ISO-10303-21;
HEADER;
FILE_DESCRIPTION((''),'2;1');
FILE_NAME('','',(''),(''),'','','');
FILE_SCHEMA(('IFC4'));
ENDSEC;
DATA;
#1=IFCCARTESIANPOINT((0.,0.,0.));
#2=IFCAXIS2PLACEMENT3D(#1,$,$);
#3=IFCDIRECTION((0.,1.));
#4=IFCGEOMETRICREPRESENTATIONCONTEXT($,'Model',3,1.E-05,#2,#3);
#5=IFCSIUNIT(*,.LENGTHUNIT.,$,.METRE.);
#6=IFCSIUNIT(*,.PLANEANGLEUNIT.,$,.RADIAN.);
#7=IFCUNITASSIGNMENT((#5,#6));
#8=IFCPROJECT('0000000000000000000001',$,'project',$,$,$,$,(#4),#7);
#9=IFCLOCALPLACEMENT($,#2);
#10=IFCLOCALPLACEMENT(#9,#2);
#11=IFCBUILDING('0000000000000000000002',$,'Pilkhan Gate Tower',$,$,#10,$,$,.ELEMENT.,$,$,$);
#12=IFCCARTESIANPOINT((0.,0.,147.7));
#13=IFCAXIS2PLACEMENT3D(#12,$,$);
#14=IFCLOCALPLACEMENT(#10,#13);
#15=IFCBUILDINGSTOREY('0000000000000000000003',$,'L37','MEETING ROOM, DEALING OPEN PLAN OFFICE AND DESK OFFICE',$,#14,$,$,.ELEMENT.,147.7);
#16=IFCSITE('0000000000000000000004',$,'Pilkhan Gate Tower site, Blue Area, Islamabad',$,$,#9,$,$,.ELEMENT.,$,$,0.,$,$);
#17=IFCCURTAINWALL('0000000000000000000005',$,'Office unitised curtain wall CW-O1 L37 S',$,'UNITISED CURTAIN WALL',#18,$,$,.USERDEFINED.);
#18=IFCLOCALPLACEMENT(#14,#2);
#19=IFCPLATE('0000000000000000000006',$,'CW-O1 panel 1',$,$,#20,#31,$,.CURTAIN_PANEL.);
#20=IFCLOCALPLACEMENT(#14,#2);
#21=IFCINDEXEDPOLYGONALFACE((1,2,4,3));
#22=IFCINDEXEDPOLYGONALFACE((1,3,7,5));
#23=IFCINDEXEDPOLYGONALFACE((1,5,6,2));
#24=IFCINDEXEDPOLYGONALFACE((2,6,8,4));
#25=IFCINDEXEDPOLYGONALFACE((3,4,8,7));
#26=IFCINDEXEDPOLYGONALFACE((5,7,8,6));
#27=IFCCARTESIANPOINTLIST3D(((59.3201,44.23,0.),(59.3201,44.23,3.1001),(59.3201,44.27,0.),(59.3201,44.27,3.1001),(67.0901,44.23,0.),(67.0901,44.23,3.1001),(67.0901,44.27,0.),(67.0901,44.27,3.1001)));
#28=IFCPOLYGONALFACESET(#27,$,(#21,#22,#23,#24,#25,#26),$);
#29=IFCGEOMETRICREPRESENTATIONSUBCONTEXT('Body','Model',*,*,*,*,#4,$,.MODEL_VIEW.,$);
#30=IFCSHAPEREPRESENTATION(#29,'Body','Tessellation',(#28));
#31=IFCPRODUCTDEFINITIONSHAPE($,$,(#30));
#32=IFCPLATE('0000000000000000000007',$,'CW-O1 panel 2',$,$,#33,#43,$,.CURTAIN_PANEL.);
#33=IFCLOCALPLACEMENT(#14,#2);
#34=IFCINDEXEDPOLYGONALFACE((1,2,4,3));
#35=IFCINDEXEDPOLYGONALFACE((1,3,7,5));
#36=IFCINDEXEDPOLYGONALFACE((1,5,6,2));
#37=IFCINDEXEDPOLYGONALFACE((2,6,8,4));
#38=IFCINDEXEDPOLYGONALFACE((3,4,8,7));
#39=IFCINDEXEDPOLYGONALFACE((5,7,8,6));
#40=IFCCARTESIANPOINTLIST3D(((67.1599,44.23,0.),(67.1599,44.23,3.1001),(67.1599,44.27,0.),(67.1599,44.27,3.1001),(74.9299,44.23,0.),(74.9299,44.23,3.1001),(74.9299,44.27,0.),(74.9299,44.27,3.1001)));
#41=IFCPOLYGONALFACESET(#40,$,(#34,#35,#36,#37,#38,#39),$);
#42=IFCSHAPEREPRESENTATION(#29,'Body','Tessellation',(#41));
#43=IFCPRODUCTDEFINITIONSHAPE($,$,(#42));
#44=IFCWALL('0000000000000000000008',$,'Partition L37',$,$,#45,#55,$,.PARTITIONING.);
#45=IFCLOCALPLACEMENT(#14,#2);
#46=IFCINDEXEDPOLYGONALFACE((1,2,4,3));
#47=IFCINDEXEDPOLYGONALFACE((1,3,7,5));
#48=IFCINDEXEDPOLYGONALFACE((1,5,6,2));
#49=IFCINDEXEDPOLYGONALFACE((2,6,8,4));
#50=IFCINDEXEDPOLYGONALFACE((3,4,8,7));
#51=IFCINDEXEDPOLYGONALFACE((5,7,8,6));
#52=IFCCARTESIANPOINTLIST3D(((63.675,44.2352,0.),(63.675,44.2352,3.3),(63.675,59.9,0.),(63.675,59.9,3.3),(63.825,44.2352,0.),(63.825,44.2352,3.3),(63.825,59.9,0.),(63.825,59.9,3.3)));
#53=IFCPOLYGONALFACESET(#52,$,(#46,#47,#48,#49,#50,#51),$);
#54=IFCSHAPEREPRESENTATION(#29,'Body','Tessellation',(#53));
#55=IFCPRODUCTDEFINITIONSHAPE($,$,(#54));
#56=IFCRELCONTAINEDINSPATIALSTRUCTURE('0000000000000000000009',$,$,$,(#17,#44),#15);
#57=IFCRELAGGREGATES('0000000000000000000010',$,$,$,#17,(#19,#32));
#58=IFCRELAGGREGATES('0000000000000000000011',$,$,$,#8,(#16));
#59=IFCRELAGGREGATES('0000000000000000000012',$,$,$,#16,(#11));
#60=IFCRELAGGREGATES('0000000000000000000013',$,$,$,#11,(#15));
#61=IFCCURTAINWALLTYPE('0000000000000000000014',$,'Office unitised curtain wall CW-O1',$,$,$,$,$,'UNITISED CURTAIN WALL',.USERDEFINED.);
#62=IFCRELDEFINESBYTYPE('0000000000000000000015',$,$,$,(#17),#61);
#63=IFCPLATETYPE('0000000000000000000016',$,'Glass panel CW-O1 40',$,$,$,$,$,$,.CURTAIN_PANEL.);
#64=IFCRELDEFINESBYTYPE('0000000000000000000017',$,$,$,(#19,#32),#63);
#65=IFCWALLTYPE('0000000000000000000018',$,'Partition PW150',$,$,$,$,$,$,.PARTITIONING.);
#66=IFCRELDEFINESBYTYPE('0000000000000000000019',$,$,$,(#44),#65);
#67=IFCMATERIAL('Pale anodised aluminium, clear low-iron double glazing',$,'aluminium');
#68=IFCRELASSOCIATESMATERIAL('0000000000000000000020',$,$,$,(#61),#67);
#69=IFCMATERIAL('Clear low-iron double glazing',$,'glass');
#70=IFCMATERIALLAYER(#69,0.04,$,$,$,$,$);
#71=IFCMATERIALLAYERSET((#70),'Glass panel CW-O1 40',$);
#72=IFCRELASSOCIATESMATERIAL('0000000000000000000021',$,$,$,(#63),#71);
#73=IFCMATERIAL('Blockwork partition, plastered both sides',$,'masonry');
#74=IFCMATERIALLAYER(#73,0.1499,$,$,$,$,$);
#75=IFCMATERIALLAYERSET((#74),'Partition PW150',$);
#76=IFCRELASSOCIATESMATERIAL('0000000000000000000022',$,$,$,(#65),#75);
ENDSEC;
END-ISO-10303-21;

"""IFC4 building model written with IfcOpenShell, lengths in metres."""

from ifc_helpers import new_model, si_unit, direction, frame, frame_2d, origin, origin_2d, place, context, subcontext, project, spatial, rectangle, extrude, material, layer, layer_set, type_object, element, aggregate, save


model = new_model("IFC4")

# Units and contexts
model_context = context("Model", 3, precision=1e-05, world=origin(), true_north=direction((0.0, 1.0)))
body_context = subcontext(model_context, "Body", "Model", "MODEL_VIEW")
ifc_project = project(units=[si_unit("LENGTHUNIT", "METRE"), si_unit("PLANEANGLEUNIT", "RADIAN")], contexts=[model_context])

# Site, building, storey
site_placement = place(None, origin())
site = spatial("IfcSite", under=ifc_project, at=site_placement, Name="Pilkhan Gate Tower site, Blue Area, Islamabad", CompositionType="ELEMENT", RefElevation=0.0)
building_placement = place(site_placement, origin())
building = spatial("IfcBuilding", under=site, at=building_placement, Name="Pilkhan Gate Tower", CompositionType="ELEMENT")
storey_placement = place(building_placement, frame((0.0, 0.0, 147.7)))
storey = spatial("IfcBuildingStorey", under=building, at=storey_placement, Name="L37", Description="MEETING ROOM, DEALING OPEN PLAN OFFICE AND DESK OFFICE", CompositionType="ELEMENT", Elevation=147.7)

# Shared definitions
ifc_material_1 = material(Name="Pale anodised aluminium, clear low-iron double glazing", Category="aluminium")
curtain_wall_type = type_object("IfcCurtainWallType", Name="Office unitised curtain wall CW-O1", ElementType="UNITISED CURTAIN WALL", PredefinedType="USERDEFINED", material=ifc_material_1)

# Curtain wall
curtain_wall_1_placement = place(storey_placement, origin())
curtain_wall_1 = element("IfcCurtainWall", 1, at=curtain_wall_1_placement, inside=storey, type_object=curtain_wall_type, Name="Office unitised curtain wall CW-O1 L37 S", ObjectType="UNITISED CURTAIN WALL", PredefinedType="USERDEFINED")

# Plates
ifc_material_2 = material(Name="Clear low-iron double glazing", Category="glass")
ifc_layer_1 = layer(ifc_material_2, 0.04)
ifc_layer_set_1 = layer_set([ifc_layer_1], Name="Glass panel CW-O1 40")
plate_type = type_object("IfcPlateType", Name="Glass panel CW-O1 40", PredefinedType="CURTAIN_PANEL", material=ifc_layer_set_1)
plate_1_placement = place(storey_placement, frame((63.2051, 44.25, 0.0), z_axis=(0.0, 0.0, 1.0), x_axis=(1.0, 0.0, 0.0)))
plate_1 = element("IfcPlate", 2, at=plate_1_placement, type_object=plate_type, Name="CW-O1 panel 1", PredefinedType="CURTAIN_PANEL", context=body_context, shape_type="SweptSolid", body=[
    extrude(rectangle(XDim=7.77, YDim=0.04, at=origin_2d()), origin(), (0.0, 0.0, 1.0), 3.1001),
])
plate_2_placement = place(storey_placement, frame((71.0449, 44.25, 0.0), z_axis=(0.0, 0.0, 1.0), x_axis=(1.0, 0.0, 0.0)))
plate_2 = element("IfcPlate", 3, at=plate_2_placement, type_object=plate_type, Name="CW-O1 panel 2", PredefinedType="CURTAIN_PANEL", context=body_context, shape_type="SweptSolid", body=[
    extrude(rectangle(XDim=7.77, YDim=0.04, at=origin_2d()), origin(), (0.0, 0.0, 1.0), 3.1001),
])
aggregate(curtain_wall_1, [plate_1, plate_2])

# Wall
ifc_material_3 = material(Name="Blockwork partition, plastered both sides", Category="masonry")
ifc_layer_2 = layer(ifc_material_3, 0.1499)
ifc_layer_set_2 = layer_set([ifc_layer_2], Name="Partition PW150")
wall_type = type_object("IfcWallType", Name="Partition PW150", PredefinedType="PARTITIONING", material=ifc_layer_set_2)
wall_placement = place(storey_placement, frame((63.75, 44.2351, 0.0), z_axis=(0.0, 0.0, 1.0), x_axis=(0.0, 1.0, 0.0)))
element("IfcWall", 4, at=wall_placement, inside=storey, type_object=wall_type, Name="Partition L37", PredefinedType="PARTITIONING", context=body_context, shape_type="SweptSolid", body=[
    extrude(rectangle(XDim=15.6648, YDim=0.1499, at=frame_2d((7.8325, 0.0))), origin(), (0.0, 0.0, 1.0), 3.3),
])

save(model, "model.ifc")
